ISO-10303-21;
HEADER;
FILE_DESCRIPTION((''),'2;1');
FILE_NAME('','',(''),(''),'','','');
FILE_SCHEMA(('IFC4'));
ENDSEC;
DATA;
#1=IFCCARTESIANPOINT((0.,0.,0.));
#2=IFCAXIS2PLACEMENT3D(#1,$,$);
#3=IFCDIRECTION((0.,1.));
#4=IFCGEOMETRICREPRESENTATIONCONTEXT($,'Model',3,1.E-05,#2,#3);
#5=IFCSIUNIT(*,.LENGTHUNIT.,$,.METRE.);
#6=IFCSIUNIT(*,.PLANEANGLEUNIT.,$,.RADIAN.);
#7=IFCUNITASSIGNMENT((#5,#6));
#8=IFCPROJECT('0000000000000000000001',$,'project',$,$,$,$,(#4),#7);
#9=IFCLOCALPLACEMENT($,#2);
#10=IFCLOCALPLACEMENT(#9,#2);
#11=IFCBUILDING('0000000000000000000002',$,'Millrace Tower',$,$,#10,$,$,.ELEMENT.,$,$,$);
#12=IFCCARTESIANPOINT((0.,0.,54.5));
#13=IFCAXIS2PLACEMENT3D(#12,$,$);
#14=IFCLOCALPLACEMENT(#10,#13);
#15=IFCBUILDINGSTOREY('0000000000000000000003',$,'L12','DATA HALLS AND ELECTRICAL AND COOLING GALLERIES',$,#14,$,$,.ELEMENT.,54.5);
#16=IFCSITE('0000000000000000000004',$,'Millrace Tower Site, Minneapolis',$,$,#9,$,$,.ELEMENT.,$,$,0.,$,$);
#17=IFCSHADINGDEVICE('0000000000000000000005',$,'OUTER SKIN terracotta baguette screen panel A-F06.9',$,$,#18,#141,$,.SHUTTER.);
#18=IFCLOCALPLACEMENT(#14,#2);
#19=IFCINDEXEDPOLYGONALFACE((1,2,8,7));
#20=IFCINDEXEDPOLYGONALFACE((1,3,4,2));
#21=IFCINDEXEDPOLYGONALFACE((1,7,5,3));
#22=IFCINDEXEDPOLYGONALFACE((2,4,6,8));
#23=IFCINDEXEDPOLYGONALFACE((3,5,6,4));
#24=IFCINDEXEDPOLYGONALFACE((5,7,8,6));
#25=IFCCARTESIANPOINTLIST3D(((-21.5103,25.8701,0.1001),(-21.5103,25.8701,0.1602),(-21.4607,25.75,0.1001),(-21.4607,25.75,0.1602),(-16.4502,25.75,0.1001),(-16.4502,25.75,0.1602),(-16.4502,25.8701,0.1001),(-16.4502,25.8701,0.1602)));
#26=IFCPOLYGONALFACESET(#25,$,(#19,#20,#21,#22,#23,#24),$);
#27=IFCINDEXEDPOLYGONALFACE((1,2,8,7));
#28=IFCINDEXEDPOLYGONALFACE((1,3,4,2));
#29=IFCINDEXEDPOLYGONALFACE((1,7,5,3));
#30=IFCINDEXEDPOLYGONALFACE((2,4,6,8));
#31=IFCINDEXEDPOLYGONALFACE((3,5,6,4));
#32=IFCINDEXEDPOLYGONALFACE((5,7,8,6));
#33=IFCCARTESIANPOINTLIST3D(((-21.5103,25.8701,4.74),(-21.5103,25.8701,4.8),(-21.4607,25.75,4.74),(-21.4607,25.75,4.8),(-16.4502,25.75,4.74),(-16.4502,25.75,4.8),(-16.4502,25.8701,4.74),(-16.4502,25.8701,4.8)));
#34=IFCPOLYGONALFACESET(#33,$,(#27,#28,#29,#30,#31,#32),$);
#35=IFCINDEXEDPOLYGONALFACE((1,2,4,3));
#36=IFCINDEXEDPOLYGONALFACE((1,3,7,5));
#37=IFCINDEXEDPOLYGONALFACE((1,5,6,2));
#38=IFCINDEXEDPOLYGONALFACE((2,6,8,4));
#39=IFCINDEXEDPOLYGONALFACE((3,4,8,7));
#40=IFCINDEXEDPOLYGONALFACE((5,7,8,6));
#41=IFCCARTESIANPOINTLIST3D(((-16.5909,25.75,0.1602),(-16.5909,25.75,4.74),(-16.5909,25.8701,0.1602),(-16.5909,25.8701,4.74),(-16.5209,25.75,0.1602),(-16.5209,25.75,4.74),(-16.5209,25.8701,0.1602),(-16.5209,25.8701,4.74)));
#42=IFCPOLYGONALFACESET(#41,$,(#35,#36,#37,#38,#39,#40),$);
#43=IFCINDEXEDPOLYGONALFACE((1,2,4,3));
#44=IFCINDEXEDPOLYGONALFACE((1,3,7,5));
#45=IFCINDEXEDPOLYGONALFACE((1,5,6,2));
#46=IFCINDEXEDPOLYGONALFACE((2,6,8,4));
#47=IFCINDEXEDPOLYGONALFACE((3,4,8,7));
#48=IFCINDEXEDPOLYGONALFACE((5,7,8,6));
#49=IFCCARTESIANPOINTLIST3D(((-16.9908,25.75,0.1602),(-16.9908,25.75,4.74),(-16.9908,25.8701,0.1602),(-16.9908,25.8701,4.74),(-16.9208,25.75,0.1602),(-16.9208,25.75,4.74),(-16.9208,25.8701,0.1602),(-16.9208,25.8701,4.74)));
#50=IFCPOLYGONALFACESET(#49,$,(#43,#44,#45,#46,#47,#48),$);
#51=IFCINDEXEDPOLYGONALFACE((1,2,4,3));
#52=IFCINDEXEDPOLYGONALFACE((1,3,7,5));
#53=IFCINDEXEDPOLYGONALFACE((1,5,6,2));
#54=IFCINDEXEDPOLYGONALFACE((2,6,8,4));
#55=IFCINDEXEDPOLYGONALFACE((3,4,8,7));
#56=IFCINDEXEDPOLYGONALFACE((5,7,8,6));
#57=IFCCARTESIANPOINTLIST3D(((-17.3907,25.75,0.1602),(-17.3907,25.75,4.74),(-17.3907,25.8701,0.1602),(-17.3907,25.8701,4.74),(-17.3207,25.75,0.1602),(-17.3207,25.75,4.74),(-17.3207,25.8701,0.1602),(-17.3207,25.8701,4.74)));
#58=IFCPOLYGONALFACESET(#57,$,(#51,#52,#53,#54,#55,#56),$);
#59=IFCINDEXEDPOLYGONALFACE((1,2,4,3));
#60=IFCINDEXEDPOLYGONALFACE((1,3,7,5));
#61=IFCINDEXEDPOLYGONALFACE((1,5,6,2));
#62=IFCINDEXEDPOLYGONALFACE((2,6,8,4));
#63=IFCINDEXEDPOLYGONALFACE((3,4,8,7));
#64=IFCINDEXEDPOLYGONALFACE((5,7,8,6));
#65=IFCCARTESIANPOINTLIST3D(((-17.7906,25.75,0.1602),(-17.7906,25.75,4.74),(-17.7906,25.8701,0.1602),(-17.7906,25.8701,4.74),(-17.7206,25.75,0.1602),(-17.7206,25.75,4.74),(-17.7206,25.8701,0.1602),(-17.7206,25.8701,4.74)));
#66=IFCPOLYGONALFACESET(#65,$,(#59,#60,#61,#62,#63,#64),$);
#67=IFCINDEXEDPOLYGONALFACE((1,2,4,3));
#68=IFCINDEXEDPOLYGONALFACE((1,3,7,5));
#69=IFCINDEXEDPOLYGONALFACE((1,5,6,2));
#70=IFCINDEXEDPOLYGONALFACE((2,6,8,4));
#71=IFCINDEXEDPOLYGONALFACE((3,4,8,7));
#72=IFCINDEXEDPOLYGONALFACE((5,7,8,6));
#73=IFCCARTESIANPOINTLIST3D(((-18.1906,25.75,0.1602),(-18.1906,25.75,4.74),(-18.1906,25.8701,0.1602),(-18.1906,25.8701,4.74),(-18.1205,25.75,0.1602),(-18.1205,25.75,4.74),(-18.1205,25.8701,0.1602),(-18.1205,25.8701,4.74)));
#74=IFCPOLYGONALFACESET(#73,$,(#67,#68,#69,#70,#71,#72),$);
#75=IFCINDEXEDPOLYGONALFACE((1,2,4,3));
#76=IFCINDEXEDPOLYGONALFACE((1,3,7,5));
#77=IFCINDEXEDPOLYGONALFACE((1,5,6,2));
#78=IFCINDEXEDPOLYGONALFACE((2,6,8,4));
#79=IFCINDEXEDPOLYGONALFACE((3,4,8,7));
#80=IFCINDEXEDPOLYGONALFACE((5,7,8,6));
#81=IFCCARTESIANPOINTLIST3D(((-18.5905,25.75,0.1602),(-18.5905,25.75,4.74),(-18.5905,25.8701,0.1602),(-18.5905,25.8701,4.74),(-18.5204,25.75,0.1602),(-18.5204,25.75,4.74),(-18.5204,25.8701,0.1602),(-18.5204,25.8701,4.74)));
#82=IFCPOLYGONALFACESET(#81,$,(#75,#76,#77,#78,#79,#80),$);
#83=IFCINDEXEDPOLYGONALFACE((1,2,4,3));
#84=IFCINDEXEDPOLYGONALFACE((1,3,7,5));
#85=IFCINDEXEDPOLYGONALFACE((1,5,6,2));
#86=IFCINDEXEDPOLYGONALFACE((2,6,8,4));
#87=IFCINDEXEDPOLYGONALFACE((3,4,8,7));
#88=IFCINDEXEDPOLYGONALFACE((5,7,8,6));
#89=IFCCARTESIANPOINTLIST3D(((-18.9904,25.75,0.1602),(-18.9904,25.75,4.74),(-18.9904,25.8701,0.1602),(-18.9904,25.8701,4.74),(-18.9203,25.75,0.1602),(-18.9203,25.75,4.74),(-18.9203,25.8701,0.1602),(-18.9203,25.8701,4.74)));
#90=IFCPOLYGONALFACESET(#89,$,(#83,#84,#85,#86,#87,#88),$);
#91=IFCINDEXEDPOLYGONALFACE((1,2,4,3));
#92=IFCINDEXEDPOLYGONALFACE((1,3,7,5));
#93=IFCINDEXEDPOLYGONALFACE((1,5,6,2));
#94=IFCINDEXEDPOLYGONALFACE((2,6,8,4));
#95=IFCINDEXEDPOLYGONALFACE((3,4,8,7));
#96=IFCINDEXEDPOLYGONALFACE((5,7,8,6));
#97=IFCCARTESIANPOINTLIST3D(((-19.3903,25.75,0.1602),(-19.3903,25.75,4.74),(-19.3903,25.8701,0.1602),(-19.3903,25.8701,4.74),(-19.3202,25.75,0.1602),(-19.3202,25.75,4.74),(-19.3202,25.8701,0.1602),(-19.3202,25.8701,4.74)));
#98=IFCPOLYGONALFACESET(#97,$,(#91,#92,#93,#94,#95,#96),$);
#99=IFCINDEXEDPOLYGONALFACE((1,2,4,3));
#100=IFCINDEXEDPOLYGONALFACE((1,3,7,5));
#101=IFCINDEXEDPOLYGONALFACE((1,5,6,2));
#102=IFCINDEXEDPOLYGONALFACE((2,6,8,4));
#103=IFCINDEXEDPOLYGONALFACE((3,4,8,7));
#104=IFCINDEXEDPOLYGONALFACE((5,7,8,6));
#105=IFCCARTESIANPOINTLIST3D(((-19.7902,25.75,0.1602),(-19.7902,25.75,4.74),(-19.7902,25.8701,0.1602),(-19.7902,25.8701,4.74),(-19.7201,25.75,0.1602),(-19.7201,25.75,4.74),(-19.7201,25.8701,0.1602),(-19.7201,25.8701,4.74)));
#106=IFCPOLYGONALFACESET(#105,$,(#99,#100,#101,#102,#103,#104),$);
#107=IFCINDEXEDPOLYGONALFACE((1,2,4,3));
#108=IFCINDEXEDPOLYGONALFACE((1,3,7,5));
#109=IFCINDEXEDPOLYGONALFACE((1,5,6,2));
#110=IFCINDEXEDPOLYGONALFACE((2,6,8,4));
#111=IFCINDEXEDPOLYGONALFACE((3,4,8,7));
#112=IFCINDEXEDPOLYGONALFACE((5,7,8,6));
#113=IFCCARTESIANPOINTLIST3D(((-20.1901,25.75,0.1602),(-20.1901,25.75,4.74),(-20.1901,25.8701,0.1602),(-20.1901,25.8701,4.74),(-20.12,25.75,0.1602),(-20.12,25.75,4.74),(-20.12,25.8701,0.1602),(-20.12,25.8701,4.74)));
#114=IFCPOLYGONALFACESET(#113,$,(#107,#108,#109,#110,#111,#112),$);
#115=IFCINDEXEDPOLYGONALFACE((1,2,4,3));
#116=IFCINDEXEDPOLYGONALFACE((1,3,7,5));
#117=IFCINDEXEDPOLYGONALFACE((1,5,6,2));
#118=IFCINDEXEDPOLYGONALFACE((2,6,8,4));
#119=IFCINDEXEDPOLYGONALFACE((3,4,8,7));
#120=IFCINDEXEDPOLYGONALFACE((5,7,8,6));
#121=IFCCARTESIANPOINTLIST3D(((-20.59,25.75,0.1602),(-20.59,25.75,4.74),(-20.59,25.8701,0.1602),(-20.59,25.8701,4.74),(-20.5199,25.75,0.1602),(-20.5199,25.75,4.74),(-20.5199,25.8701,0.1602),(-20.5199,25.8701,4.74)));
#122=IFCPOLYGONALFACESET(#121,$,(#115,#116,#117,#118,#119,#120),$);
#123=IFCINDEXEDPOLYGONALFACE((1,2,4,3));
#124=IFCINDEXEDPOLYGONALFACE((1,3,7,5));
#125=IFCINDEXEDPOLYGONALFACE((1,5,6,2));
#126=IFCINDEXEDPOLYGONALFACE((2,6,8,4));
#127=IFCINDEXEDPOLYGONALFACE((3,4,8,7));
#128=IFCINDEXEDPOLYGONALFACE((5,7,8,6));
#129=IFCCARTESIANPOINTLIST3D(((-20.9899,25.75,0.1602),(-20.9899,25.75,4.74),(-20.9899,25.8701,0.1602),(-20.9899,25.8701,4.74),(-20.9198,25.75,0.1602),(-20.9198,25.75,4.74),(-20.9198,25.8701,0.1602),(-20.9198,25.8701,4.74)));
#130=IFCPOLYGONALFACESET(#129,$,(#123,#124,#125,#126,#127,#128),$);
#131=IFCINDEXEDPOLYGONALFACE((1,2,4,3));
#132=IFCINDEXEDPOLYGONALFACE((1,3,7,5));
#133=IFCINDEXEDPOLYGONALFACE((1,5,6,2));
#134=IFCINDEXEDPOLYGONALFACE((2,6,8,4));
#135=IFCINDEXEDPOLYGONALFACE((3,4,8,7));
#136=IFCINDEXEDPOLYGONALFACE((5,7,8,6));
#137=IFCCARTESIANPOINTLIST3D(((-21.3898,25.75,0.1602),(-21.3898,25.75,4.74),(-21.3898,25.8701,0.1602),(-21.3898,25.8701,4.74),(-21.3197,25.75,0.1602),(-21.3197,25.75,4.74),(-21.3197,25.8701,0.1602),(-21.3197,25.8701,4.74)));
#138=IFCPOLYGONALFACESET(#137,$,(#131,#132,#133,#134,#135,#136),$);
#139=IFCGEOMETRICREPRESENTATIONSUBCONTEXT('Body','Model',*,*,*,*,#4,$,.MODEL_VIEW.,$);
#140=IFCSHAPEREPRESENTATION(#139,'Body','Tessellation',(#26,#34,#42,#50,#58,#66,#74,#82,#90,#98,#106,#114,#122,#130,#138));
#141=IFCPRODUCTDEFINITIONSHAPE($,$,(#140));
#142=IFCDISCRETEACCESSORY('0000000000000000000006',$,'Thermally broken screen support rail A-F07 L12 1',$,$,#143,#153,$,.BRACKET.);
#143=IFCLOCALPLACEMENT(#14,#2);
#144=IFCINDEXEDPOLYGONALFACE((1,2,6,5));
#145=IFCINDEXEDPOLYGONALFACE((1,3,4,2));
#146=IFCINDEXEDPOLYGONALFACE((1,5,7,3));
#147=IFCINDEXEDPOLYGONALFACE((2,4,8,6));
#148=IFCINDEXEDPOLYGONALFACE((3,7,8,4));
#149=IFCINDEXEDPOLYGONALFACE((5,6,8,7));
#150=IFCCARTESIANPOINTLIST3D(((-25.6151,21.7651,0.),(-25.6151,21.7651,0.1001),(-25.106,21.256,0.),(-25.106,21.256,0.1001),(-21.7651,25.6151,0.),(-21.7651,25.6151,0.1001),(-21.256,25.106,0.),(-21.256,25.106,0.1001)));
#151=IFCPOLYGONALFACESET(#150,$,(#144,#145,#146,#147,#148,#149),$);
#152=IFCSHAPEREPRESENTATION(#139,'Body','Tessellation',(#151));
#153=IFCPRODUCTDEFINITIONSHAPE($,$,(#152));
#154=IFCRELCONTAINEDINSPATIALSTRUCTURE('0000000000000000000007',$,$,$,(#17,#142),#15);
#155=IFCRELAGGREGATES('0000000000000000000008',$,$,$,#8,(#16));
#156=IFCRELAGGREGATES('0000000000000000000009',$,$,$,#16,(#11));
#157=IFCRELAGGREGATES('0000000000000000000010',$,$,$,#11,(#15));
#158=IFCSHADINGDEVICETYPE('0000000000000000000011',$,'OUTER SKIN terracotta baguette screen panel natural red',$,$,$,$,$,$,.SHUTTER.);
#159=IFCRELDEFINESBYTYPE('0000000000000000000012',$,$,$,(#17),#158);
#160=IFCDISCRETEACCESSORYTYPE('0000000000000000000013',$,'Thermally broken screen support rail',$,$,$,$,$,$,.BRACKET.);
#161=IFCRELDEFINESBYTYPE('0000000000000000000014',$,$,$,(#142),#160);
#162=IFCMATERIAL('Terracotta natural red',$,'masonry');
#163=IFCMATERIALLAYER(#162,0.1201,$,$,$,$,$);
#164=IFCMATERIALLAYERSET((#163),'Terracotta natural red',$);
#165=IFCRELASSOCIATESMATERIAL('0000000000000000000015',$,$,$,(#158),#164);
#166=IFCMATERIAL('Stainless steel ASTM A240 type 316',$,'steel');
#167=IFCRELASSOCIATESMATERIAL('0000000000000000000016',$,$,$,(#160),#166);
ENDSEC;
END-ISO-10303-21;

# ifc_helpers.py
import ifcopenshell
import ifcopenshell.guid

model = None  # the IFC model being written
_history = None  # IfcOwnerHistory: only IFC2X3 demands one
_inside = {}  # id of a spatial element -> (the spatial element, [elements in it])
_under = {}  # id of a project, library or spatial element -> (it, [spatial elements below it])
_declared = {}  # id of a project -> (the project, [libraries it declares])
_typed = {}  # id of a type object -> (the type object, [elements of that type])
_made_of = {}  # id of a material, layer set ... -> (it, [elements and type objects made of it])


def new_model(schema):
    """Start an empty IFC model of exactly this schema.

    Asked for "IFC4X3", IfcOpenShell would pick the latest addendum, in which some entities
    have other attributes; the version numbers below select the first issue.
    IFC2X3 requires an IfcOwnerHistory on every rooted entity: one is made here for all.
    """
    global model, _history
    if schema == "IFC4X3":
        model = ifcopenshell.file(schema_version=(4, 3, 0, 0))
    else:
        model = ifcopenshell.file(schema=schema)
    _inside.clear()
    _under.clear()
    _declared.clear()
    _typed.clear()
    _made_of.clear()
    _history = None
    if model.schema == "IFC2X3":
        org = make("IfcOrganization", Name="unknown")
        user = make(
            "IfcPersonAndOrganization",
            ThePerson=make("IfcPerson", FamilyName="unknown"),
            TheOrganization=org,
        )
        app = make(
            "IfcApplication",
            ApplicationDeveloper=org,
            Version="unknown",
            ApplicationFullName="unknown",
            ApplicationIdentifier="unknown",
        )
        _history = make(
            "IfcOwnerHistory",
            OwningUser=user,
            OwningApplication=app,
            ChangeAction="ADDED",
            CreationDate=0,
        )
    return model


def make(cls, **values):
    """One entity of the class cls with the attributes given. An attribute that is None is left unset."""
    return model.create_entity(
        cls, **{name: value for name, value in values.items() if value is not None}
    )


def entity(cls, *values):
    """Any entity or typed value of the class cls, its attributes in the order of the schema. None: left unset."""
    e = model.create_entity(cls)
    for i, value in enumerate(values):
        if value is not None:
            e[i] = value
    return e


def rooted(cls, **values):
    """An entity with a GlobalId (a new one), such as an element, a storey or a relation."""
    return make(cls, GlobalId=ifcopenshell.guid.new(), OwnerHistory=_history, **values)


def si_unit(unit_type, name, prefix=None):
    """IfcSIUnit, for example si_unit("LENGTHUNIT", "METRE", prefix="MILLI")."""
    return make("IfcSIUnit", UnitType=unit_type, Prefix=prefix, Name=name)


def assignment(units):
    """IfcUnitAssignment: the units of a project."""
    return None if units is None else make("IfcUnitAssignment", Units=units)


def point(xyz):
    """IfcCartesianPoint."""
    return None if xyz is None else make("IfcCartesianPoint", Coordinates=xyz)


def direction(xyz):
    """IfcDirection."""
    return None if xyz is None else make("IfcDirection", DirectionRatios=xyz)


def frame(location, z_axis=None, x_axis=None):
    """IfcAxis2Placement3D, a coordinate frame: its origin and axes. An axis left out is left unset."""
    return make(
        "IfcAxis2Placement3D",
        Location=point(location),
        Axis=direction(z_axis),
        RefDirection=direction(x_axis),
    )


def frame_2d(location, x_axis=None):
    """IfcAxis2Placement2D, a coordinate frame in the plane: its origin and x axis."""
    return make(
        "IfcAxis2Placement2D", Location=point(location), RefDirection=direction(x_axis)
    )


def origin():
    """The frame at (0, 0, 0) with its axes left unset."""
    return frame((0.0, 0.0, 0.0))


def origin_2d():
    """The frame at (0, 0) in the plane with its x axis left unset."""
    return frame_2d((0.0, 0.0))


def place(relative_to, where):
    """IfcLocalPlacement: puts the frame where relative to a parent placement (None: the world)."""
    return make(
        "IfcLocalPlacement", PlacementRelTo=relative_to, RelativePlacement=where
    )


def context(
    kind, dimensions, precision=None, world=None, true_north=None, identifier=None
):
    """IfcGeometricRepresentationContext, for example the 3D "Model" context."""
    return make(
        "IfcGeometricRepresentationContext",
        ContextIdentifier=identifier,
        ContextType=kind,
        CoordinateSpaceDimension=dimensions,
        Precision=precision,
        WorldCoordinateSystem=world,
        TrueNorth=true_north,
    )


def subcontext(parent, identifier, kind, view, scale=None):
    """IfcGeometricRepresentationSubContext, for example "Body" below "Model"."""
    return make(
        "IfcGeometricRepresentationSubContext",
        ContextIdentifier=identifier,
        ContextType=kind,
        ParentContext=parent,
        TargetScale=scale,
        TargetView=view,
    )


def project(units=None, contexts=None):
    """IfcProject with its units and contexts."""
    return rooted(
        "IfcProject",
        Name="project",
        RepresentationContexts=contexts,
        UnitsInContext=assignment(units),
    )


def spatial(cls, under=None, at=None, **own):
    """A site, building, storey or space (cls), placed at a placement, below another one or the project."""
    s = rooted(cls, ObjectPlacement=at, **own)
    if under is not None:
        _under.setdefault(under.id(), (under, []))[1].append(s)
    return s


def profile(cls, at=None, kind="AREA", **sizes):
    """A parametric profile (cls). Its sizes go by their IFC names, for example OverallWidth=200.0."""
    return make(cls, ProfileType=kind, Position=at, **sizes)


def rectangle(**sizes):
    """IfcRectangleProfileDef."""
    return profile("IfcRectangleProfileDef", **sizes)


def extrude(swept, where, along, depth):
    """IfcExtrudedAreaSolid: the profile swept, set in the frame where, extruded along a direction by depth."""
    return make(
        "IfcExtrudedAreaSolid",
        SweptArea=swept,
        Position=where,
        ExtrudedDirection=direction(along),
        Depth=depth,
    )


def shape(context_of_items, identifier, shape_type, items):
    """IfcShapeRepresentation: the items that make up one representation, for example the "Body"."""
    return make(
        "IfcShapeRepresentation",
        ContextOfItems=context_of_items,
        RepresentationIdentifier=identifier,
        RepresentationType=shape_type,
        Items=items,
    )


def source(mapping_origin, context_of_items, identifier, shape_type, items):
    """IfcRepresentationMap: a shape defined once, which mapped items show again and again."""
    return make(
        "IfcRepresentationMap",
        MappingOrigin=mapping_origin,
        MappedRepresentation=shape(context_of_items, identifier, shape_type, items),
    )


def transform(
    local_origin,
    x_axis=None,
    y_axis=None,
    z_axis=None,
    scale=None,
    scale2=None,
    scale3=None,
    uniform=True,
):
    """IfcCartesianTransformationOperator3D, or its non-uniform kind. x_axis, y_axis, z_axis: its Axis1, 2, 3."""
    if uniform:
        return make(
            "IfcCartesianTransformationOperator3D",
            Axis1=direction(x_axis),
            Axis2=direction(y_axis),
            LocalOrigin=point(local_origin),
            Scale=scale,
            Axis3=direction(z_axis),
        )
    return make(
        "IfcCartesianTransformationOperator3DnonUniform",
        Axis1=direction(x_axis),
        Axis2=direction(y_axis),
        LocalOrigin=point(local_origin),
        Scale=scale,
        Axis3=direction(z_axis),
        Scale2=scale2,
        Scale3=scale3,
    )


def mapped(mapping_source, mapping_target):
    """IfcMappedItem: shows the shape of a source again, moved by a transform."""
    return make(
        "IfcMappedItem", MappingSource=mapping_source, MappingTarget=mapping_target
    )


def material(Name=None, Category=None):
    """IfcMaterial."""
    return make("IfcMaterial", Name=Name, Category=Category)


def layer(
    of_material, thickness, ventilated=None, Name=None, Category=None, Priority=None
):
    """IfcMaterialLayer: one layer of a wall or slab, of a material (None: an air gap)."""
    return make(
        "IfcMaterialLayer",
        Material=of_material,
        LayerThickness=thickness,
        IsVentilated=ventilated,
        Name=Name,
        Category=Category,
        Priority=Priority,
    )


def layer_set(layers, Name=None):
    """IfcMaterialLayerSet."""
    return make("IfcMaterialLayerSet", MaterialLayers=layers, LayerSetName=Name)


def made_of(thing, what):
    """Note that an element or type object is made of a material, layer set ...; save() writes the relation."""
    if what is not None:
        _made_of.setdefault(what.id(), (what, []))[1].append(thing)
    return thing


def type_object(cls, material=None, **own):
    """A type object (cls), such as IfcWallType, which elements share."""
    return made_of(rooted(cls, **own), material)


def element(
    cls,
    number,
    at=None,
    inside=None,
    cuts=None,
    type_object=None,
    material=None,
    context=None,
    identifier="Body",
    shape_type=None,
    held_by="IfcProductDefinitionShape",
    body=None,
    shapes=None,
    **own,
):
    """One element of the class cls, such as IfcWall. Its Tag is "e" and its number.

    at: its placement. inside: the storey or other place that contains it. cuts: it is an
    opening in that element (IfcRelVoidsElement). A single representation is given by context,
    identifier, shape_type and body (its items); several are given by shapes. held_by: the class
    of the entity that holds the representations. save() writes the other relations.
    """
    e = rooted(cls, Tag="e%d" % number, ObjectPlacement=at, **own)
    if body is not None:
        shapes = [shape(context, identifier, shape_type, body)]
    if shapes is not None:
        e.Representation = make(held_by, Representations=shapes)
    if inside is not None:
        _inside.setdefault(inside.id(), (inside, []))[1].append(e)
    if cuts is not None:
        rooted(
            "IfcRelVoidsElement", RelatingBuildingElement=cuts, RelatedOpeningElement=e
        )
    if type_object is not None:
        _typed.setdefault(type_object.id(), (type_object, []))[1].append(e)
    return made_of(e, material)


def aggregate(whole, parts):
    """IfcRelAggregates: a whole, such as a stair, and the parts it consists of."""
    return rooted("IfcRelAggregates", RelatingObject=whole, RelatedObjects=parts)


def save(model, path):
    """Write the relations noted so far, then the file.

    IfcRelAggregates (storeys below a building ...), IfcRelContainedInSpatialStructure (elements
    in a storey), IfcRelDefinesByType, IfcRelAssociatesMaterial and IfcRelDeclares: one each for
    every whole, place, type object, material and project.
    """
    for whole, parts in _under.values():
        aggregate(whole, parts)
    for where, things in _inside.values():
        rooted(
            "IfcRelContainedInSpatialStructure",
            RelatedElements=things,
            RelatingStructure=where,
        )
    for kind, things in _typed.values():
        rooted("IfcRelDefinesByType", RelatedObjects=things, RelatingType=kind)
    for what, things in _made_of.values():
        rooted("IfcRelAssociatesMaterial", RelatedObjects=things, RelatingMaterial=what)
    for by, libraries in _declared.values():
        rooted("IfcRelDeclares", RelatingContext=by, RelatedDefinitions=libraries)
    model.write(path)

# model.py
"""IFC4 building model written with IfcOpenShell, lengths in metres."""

from ifc_helpers import new_model, entity, si_unit, direction, frame, frame_2d, origin, origin_2d, place, context, subcontext, project, spatial, rectangle, extrude, source, transform, mapped, material, layer, layer_set, type_object, element, save


model = new_model("IFC4")

# Units and contexts
model_context = context("Model", 3, precision=1e-05, world=origin(), true_north=direction((0.0, 1.0)))
body_context = subcontext(model_context, "Body", "Model", "MODEL_VIEW")
ifc_project = project(units=[si_unit("LENGTHUNIT", "METRE"), si_unit("PLANEANGLEUNIT", "RADIAN")], contexts=[model_context])

# Site, building, storey
site_placement = place(None, origin())
site = spatial("IfcSite", under=ifc_project, at=site_placement, Name="Millrace Tower Site, Minneapolis", CompositionType="ELEMENT", RefElevation=0.0)
building_placement = place(site_placement, origin())
building = spatial("IfcBuilding", under=site, at=building_placement, Name="Millrace Tower", CompositionType="ELEMENT")
storey_placement = place(building_placement, frame((0.0, 0.0, 54.5)))
storey = spatial("IfcBuildingStorey", under=building, at=storey_placement, Name="L12", Description="DATA HALLS AND ELECTRICAL AND COOLING GALLERIES", CompositionType="ELEMENT", Elevation=54.5)

# Shading device
ifc_material_1 = material(Name="Terracotta natural red", Category="masonry")
ifc_layer_1 = layer(ifc_material_1, 0.1201)
ifc_layer_set_1 = layer_set([ifc_layer_1], Name="Terracotta natural red")
shading_device_type_1 = type_object("IfcShadingDeviceType", Name="OUTER SKIN terracotta baguette screen panel natural red", PredefinedType="SHUTTER", material=ifc_layer_set_1)
cartesian_point_1 = entity("IfcCartesianPoint", [-2.5176, 0.0601])
shared_polyline_1 = entity("IfcPolyline", [cartesian_point_1, entity("IfcCartesianPoint", [2.4929, 0.0601]), entity("IfcCartesianPoint", [2.5425, -0.0601]), entity("IfcCartesianPoint", [-2.5176, -0.0601]), cartesian_point_1])
shared_shape_1 = source(origin(), body_context, "Body", "SweptSolid", [
    entity("IfcExtrudedAreaSolid", entity("IfcArbitraryClosedProfileDef", "AREA", None, shared_polyline_1), entity("IfcAxis2Placement3D", entity("IfcCartesianPoint", [0.0, 0.0, 0.0])), entity("IfcDirection", [0.0, 0.0, 1.0]), 0.0601),
    entity("IfcExtrudedAreaSolid", entity("IfcArbitraryClosedProfileDef", "AREA", None, shared_polyline_1), entity("IfcAxis2Placement3D", entity("IfcCartesianPoint", [0.0, 0.0, 4.6399])), entity("IfcDirection", [0.0, 0.0, 1.0]), 0.0601),
    extrude(rectangle(XDim=0.0701, YDim=0.1201, at=frame_2d((-2.4119, 0.0))), frame((0.0, 0.0, 0.0601)), (0.0, 0.0, 1.0), 4.5798),
    extrude(rectangle(XDim=0.0701, YDim=0.1201, at=frame_2d((-2.012, 0.0))), frame((0.0, 0.0, 0.0601)), (0.0, 0.0, 1.0), 4.5798),
    extrude(rectangle(XDim=0.0701, YDim=0.1201, at=frame_2d((-1.6121, 0.0))), frame((0.0, 0.0, 0.0601)), (0.0, 0.0, 1.0), 4.5798),
    extrude(rectangle(XDim=0.0701, YDim=0.1201, at=frame_2d((-1.2122, 0.0))), frame((0.0, 0.0, 0.0601)), (0.0, 0.0, 1.0), 4.5798),
    extrude(rectangle(XDim=0.0701, YDim=0.1201, at=frame_2d((-0.8123, 0.0))), frame((0.0, 0.0, 0.0601)), (0.0, 0.0, 1.0), 4.5798),
    extrude(rectangle(XDim=0.0701, YDim=0.1201, at=frame_2d((-0.4124, 0.0))), frame((0.0, 0.0, 0.0601)), (0.0, 0.0, 1.0), 4.5798),
    extrude(rectangle(XDim=0.0701, YDim=0.1201, at=frame_2d((-0.0125, 0.0))), frame((0.0, 0.0, 0.0601)), (0.0, 0.0, 1.0), 4.5798),
    extrude(rectangle(XDim=0.0701, YDim=0.1201, at=frame_2d((0.3875, 0.0))), frame((0.0, 0.0, 0.0601)), (0.0, 0.0, 1.0), 4.5798),
    extrude(rectangle(XDim=0.0701, YDim=0.1201, at=frame_2d((0.7874, 0.0))), frame((0.0, 0.0, 0.0601)), (0.0, 0.0, 1.0), 4.5798),
    extrude(rectangle(XDim=0.0701, YDim=0.1201, at=frame_2d((1.1873, 0.0))), frame((0.0, 0.0, 0.0601)), (0.0, 0.0, 1.0), 4.5798),
    extrude(rectangle(XDim=0.0701, YDim=0.1201, at=frame_2d((1.5872, 0.0))), frame((0.0, 0.0, 0.0601)), (0.0, 0.0, 1.0), 4.5798),
    extrude(rectangle(XDim=0.0701, YDim=0.1201, at=frame_2d((1.9871, 0.0))), frame((0.0, 0.0, 0.0601)), (0.0, 0.0, 1.0), 4.5798),
    extrude(rectangle(XDim=0.0701, YDim=0.1201, at=frame_2d((2.387, 0.0))), frame((0.0, 0.0, 0.0601)), (0.0, 0.0, 1.0), 4.5798),
])
shading_device_1_placement = place(storey_placement, frame((-18.9678, 25.8101, 0.1001), z_axis=(0.0, 0.0, 1.0), x_axis=(-1.0, 0.0, 0.0)))
element("IfcShadingDevice", 1, at=shading_device_1_placement, inside=storey, type_object=shading_device_type_1, Name="OUTER SKIN terracotta baguette screen panel A-F06.9", PredefinedType="SHUTTER", context=body_context, shape_type="MappedRepresentation", body=[
    mapped(shared_shape_1, transform((0.0, 0.0, 0.0), scale=1.0)),
])

# Discrete accessory
ifc_material_2 = material(Name="Stainless steel ASTM A240 type 316", Category="steel")
discrete_accessory_type = type_object("IfcDiscreteAccessoryType", Name="Thermally broken screen support rail", PredefinedType="BRACKET", material=ifc_material_2)
discrete_accessory_placement = place(storey_placement, frame((-23.4355, 23.4355, 0.0), z_axis=(0.0, 0.0, 1.0), x_axis=(-0.707107, -0.707107, 0.0)))
element("IfcDiscreteAccessory", 2, at=discrete_accessory_placement, inside=storey, type_object=discrete_accessory_type, Name="Thermally broken screen support rail A-F07 L12 1", PredefinedType="BRACKET", context=body_context, shape_type="SweptSolid", body=[
    extrude(rectangle(XDim=5.4448, YDim=0.72, at=origin_2d()), origin(), (0.0, 0.0, 1.0), 0.1001),
])

save(model, "model.ifc")
